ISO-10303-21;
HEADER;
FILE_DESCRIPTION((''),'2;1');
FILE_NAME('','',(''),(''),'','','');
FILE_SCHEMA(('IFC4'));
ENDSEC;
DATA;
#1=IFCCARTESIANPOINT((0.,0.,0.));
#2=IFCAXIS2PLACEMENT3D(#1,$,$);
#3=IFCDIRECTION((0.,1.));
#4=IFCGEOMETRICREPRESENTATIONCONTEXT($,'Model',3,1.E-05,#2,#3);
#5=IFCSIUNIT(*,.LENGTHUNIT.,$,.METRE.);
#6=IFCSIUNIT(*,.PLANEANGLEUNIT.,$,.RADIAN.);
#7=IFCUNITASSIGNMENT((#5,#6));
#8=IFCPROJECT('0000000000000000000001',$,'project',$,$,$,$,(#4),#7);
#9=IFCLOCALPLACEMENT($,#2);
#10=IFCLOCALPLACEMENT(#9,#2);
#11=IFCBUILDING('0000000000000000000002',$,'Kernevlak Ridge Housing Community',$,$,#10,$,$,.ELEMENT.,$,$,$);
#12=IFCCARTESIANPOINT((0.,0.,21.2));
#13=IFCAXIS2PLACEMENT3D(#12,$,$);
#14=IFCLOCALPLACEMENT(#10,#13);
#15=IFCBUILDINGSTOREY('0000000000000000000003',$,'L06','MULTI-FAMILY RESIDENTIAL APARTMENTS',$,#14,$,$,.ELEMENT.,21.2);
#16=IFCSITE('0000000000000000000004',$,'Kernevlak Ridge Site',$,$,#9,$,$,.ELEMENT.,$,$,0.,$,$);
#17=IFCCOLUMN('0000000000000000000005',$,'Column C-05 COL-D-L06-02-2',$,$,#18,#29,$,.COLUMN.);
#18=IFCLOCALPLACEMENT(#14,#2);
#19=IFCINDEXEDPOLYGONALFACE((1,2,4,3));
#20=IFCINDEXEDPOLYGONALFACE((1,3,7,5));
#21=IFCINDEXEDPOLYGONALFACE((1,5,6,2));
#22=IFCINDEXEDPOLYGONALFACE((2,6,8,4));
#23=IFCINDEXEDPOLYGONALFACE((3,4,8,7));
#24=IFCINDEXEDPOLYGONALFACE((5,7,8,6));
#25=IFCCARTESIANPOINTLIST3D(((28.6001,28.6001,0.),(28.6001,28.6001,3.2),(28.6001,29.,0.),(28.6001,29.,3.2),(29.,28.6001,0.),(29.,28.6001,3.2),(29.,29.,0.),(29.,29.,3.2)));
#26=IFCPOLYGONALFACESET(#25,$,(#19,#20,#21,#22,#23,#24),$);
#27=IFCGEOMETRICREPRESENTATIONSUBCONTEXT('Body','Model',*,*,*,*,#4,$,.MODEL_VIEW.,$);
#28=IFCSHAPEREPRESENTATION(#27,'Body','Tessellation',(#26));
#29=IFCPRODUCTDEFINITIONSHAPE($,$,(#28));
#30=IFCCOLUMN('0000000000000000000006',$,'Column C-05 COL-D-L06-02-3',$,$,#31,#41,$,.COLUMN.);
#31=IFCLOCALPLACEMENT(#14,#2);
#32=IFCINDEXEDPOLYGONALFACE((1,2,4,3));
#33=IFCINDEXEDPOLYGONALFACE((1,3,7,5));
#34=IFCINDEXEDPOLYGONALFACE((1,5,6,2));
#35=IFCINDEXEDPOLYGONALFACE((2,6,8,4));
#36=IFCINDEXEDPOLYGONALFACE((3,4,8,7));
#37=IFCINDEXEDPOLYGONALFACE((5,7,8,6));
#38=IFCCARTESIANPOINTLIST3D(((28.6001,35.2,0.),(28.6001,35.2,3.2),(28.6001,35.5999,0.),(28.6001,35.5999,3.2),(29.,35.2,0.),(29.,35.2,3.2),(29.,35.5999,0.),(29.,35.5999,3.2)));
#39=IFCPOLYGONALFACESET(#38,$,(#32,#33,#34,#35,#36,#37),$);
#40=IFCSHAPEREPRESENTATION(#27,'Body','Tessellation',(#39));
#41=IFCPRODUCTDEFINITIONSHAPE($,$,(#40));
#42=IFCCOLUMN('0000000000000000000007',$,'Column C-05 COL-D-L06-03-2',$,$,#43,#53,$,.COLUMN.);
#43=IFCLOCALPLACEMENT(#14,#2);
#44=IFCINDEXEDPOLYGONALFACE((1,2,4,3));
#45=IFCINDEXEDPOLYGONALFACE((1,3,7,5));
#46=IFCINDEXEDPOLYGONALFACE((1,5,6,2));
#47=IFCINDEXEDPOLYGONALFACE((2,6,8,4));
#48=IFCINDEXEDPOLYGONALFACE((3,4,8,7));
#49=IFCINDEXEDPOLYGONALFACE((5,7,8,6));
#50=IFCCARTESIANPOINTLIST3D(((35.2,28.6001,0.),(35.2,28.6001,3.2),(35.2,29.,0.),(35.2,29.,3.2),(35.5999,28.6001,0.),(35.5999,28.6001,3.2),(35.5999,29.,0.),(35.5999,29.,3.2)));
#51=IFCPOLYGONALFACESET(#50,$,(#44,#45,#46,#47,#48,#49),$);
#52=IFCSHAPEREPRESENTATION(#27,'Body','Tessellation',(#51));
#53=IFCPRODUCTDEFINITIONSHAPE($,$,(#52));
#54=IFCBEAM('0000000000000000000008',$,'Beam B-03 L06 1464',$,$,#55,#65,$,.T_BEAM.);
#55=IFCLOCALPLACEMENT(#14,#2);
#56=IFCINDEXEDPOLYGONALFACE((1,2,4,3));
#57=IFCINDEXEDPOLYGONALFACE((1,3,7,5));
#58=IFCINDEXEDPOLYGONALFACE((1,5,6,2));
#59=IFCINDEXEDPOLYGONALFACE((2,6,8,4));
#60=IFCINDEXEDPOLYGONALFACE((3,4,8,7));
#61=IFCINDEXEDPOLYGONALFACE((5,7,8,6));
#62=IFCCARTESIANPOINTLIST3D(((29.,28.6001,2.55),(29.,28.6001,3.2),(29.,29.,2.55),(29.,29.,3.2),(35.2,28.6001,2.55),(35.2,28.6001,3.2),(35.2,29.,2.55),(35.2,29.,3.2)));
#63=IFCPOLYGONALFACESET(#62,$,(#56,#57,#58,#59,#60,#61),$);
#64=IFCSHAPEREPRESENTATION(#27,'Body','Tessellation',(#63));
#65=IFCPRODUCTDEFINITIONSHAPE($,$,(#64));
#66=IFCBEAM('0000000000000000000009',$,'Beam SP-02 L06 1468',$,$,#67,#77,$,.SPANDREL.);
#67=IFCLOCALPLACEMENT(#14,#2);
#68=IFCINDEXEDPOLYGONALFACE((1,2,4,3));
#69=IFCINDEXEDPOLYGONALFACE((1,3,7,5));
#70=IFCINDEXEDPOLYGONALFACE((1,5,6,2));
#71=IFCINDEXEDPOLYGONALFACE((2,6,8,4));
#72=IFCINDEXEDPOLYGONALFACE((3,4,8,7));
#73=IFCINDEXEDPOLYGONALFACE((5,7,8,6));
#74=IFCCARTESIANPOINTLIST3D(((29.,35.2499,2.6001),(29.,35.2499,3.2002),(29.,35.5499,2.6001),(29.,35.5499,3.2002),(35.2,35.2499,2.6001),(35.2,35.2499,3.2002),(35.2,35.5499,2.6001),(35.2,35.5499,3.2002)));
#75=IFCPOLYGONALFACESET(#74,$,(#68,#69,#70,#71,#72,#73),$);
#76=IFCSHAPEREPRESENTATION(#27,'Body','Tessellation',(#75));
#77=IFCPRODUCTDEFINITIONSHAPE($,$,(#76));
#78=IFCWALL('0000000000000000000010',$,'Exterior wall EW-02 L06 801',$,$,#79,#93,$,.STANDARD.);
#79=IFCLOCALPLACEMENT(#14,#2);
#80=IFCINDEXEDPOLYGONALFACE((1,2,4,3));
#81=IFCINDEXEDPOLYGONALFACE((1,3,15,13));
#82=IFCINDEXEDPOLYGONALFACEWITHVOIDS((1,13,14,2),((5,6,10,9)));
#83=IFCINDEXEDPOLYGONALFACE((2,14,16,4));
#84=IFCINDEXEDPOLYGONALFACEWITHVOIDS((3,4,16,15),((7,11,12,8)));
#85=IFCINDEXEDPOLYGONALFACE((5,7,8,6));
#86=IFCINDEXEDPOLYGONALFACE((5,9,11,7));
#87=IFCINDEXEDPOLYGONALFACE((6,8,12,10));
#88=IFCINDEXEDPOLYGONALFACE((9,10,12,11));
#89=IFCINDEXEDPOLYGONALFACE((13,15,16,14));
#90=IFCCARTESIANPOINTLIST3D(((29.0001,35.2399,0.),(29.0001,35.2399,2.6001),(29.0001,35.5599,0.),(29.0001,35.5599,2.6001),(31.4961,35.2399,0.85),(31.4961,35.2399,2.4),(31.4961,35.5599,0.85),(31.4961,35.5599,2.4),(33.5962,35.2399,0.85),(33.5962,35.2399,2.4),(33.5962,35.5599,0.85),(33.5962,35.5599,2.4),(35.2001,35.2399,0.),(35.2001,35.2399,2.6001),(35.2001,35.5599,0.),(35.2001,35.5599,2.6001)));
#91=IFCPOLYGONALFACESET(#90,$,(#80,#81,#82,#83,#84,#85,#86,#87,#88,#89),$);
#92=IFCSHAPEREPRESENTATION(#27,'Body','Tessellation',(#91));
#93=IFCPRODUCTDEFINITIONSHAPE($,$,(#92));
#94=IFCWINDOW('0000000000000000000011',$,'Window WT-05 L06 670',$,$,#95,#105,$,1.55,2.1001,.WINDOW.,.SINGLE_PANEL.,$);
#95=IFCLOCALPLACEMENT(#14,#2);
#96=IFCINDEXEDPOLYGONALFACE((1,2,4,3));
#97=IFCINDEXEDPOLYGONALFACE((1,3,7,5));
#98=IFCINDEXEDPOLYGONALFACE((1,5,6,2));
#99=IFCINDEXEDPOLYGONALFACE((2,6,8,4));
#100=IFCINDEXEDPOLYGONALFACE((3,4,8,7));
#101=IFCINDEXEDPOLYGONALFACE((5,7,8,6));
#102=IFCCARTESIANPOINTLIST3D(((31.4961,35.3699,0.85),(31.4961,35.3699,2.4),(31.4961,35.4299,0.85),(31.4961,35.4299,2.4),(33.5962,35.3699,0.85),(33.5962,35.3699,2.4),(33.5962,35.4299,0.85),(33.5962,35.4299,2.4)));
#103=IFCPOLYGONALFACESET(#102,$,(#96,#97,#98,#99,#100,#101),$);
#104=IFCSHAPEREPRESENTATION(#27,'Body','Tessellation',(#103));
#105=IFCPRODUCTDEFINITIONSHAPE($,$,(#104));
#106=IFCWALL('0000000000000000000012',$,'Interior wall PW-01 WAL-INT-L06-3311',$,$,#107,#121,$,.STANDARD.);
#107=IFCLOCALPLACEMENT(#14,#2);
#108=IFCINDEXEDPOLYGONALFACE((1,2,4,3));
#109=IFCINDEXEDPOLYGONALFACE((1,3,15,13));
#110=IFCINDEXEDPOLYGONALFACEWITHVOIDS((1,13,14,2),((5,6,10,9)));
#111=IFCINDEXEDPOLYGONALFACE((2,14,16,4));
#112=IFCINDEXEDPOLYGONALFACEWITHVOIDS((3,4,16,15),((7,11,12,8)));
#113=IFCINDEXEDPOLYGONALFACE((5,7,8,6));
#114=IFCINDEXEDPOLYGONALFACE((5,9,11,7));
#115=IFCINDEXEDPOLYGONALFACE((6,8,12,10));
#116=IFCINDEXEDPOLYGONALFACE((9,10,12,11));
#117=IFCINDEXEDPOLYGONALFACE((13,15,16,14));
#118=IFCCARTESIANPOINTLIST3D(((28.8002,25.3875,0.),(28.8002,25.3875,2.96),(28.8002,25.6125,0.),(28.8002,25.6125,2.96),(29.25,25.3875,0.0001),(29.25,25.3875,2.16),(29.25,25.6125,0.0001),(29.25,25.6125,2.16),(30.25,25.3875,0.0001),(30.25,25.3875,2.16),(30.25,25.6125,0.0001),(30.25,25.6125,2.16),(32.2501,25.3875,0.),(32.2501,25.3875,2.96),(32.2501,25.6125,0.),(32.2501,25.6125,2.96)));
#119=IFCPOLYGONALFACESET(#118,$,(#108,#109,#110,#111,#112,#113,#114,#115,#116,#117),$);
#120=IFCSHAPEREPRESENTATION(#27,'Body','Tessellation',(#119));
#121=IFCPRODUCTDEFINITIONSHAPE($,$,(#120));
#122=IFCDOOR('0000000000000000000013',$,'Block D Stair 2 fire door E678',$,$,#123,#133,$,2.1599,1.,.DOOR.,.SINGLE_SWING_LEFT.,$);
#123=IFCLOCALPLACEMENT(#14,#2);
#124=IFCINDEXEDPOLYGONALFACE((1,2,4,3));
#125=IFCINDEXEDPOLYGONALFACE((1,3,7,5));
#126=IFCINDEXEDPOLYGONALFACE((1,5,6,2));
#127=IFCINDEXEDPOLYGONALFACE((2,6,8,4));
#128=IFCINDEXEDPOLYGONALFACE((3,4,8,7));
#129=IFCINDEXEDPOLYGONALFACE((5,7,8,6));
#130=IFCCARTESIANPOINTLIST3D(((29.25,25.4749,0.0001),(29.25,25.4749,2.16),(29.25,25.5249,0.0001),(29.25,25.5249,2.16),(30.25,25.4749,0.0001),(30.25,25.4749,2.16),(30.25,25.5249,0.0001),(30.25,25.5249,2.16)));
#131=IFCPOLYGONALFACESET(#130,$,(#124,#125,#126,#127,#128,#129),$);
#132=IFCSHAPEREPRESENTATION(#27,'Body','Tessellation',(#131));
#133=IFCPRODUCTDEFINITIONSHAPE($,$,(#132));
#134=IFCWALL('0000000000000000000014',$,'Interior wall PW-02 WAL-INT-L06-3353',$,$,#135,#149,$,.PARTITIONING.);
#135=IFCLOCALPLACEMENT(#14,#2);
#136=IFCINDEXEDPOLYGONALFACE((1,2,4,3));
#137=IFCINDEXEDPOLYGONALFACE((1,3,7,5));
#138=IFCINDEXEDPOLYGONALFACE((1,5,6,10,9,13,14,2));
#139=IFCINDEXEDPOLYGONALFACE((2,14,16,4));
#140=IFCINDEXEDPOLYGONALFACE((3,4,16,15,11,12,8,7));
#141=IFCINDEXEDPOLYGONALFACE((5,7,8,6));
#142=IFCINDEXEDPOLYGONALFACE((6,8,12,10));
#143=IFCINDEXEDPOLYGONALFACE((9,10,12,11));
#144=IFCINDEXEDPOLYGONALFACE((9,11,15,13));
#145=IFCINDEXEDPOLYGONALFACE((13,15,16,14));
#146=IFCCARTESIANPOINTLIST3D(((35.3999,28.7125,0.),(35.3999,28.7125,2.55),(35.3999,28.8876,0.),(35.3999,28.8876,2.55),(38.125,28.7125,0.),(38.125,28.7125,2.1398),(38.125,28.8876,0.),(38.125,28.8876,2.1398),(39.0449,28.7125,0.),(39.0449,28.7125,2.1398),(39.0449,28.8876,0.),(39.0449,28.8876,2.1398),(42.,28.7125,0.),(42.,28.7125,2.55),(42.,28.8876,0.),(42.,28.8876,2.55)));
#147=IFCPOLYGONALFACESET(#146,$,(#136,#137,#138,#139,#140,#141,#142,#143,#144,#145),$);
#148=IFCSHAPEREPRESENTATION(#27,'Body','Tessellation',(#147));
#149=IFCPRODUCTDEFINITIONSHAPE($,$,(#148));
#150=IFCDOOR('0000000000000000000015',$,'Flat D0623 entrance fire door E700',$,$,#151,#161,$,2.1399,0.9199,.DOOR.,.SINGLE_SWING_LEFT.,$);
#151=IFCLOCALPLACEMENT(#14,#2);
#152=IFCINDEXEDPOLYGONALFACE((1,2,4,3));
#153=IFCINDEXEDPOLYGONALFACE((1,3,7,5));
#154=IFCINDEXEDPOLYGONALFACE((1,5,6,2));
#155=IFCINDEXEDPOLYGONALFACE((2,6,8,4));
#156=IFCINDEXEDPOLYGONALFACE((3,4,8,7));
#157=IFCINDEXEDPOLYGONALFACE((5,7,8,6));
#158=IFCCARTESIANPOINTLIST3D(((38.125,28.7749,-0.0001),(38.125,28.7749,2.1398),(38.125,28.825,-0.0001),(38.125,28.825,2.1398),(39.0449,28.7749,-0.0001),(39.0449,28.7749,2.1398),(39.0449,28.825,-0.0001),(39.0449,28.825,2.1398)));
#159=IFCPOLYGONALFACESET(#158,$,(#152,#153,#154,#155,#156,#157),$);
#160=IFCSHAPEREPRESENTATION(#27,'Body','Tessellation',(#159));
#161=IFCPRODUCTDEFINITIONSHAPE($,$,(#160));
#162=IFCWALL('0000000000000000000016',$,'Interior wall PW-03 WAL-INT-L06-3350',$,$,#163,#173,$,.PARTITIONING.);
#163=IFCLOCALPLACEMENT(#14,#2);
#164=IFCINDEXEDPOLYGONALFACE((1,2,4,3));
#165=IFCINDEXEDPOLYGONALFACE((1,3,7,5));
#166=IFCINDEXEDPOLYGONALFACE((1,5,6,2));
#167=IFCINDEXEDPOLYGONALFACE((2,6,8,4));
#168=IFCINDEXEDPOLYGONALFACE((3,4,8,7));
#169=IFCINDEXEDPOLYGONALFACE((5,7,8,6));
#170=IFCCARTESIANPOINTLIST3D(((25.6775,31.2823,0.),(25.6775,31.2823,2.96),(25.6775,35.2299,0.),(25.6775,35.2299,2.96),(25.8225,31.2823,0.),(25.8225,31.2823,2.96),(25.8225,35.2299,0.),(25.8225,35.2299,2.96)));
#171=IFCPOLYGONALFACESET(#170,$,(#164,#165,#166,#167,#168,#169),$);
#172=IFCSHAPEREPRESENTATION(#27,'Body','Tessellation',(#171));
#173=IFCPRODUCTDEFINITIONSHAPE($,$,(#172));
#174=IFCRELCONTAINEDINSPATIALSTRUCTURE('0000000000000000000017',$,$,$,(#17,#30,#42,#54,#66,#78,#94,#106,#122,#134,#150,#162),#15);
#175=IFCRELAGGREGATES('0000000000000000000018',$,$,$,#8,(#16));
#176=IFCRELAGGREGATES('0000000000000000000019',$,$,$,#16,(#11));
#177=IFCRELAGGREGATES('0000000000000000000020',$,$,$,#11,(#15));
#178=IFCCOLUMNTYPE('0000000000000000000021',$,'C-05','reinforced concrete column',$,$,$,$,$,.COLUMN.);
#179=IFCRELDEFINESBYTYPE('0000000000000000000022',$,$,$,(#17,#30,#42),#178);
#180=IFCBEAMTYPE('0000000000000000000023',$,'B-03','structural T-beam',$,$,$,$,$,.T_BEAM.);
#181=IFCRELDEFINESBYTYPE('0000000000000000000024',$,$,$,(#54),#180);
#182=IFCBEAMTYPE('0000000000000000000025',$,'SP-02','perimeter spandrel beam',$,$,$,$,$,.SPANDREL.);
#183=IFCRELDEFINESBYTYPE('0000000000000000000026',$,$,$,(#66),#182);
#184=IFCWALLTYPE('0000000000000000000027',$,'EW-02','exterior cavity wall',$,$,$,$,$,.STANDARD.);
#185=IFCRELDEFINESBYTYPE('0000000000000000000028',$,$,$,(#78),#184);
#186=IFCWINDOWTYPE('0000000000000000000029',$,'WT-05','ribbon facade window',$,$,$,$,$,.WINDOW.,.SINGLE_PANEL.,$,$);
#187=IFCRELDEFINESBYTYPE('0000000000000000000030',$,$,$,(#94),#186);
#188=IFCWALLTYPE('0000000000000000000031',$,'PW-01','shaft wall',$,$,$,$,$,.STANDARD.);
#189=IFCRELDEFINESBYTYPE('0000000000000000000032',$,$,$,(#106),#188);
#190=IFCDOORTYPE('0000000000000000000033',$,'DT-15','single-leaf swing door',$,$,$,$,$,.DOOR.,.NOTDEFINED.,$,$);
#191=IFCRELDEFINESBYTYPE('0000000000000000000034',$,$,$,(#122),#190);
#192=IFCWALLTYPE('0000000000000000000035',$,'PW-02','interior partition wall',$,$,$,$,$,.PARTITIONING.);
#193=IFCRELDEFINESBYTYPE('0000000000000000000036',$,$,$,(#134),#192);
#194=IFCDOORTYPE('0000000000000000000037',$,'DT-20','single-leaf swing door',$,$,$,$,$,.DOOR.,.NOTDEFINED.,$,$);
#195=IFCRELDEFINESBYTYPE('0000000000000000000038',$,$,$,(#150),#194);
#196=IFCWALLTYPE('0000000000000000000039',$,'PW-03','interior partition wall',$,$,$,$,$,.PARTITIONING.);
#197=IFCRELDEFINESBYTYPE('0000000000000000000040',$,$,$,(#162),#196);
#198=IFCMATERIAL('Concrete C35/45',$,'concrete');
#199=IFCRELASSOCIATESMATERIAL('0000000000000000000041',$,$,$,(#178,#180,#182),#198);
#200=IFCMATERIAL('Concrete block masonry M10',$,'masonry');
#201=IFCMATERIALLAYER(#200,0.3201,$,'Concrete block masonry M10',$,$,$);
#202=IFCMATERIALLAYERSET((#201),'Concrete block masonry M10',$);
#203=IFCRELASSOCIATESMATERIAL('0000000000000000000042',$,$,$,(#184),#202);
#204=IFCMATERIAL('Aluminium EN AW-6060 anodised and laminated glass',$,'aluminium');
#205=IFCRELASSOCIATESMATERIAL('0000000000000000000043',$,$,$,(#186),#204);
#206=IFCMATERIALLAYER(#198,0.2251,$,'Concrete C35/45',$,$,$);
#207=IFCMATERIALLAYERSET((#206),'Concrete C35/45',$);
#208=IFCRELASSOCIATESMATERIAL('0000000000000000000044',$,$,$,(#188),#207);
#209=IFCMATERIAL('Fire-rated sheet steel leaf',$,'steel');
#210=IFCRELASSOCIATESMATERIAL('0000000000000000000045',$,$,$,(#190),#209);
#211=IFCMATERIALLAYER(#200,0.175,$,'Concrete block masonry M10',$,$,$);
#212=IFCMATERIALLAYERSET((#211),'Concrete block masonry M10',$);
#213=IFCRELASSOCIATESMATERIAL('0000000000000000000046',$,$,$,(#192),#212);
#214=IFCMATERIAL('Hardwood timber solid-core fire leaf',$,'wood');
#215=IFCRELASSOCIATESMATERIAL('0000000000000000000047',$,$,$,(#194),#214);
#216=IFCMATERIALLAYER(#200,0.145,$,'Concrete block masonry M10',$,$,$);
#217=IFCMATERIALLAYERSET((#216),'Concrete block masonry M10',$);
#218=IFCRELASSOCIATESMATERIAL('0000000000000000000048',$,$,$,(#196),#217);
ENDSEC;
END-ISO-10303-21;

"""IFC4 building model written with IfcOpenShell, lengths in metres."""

from ifc_helpers import new_model, si_unit, direction, frame, frame_2d, origin, origin_2d, place, context, subcontext, project, spatial, rectangle, extrude, material, layer, layer_set, material_profile, profile_set, type_object, element, fill, save


model = new_model("IFC4")

# Units and contexts
model_context = context("Model", 3, precision=1e-05, world=origin(), true_north=direction((0.0, 1.0)))
body_context = subcontext(model_context, "Body", "Model", "MODEL_VIEW")
ifc_project = project(units=[si_unit("LENGTHUNIT", "METRE"), si_unit("PLANEANGLEUNIT", "RADIAN")], contexts=[model_context])

# Site, building, storey
site_placement = place(None, origin())
site = spatial("IfcSite", under=ifc_project, at=site_placement, Name="Kernevlak Ridge Site", CompositionType="ELEMENT", RefElevation=0.0)
building_placement = place(site_placement, origin())
building = spatial("IfcBuilding", under=site, at=building_placement, Name="Kernevlak Ridge Housing Community", CompositionType="ELEMENT")
storey_placement = place(building_placement, frame((0.0, 0.0, 21.2)))
storey = spatial("IfcBuildingStorey", under=building, at=storey_placement, Name="L06", Description="MULTI-FAMILY RESIDENTIAL APARTMENTS", CompositionType="ELEMENT", Elevation=21.2)

# Columns
ifc_material_1 = material(Name="Concrete C35/45", Category="concrete")
ifc_material_profile_1 = material_profile(ifc_material_1, rectangle(XDim=0.3999, YDim=0.3999, at=origin_2d()), Name="RC 400x400")
ifc_profile_set_1 = profile_set([ifc_material_profile_1], Name="Concrete C35/45")
column_type = type_object("IfcColumnType", Name="C-05", Description="reinforced concrete column", PredefinedType="COLUMN", material=ifc_profile_set_1)
for number, where, z_axis, x_axis, name in (
    (1, (28.8, 28.8, 0.0), (0.0, 0.0, 1.0), (1.0, 0.0, 0.0), "Column C-05 COL-D-L06-02-2"),
    (2, (28.8, 35.3999, 0.0), (0.0, 0.0, 1.0), (1.0, 0.0, 0.0), "Column C-05 COL-D-L06-02-3"),
    (3, (35.3999, 28.8, 0.0), (0.0, 0.0, 1.0), (1.0, 0.0, 0.0), "Column C-05 COL-D-L06-03-2"),
):
    element("IfcColumn", number, at=place(storey_placement, frame(where, z_axis=z_axis, x_axis=x_axis)), inside=storey, type_object=column_type, Name=name, PredefinedType="COLUMN", context=body_context, shape_type="SweptSolid", body=[
        extrude(rectangle(XDim=0.3999, YDim=0.3999, at=origin_2d()), origin(), (0.0, 0.0, 1.0), 3.2),
    ])

# Beams
ifc_material_profile_2 = material_profile(ifc_material_1, rectangle(XDim=0.3999, YDim=0.6499, at=origin_2d()), Name="RC 400x650")
ifc_profile_set_2 = profile_set([ifc_material_profile_2], Name="Concrete C35/45")
beam_type_1 = type_object("IfcBeamType", Name="B-03", Description="structural T-beam", PredefinedType="T_BEAM", material=ifc_profile_set_2)
beam_1_placement = place(storey_placement, frame((29.0, 28.8, 2.875), z_axis=(1.0, 0.0, 0.0), x_axis=(0.0, 1.0, 0.0)))
element("IfcBeam", 4, at=beam_1_placement, inside=storey, type_object=beam_type_1, Name="Beam B-03 L06 1464", PredefinedType="T_BEAM", context=body_context, shape_type="SweptSolid", body=[
    extrude(rectangle(XDim=0.3999, YDim=0.6499, at=origin_2d()), origin(), (0.0, 0.0, 1.0), 6.2),
])
ifc_material_profile_3 = material_profile(ifc_material_1, rectangle(XDim=0.3, YDim=0.6001, at=origin_2d()), Name="RC 300x600")
ifc_profile_set_3 = profile_set([ifc_material_profile_3], Name="Concrete C35/45")
beam_type_2 = type_object("IfcBeamType", Name="SP-02", Description="perimeter spandrel beam", PredefinedType="SPANDREL", material=ifc_profile_set_3)
beam_2_placement = place(storey_placement, frame((29.0, 35.3999, 2.9001), z_axis=(1.0, 0.0, 0.0), x_axis=(0.0, 1.0, 0.0)))
element("IfcBeam", 5, at=beam_2_placement, inside=storey, type_object=beam_type_2, Name="Beam SP-02 L06 1468", PredefinedType="SPANDREL", context=body_context, shape_type="SweptSolid", body=[
    extrude(rectangle(XDim=0.3, YDim=0.6001, at=origin_2d()), origin(), (0.0, 0.0, 1.0), 6.2),
])

# Wall, opening, window
ifc_material_2 = material(Name="Concrete block masonry M10", Category="masonry")
ifc_layer_1 = layer(ifc_material_2, 0.3201, Name="Concrete block masonry M10")
ifc_layer_set_1 = layer_set([ifc_layer_1], Name="Concrete block masonry M10")
wall_type_1 = type_object("IfcWallType", Name="EW-02", Description="exterior cavity wall", PredefinedType="STANDARD", material=ifc_layer_set_1)
wall_1_placement = place(storey_placement, frame((29.0, 35.3999, 0.0), z_axis=(0.0, 0.0, 1.0), x_axis=(1.0, 0.0, 0.0)))
wall_1 = element("IfcWall", 6, at=wall_1_placement, inside=storey, type_object=wall_type_1, Name="Exterior wall EW-02 L06 801", PredefinedType="STANDARD", context=body_context, shape_type="SweptSolid", body=[
    extrude(rectangle(XDim=6.2, YDim=0.3201, at=frame_2d((3.1001, 0.0))), origin(), (0.0, 0.0, 1.0), 2.6001),
])
opening_1_placement = place(wall_1_placement, frame((2.4961, 0.0, 0.8501)))
opening_1 = element("IfcOpeningElement", 7, at=opening_1_placement, cuts=wall_1, PredefinedType="OPENING", context=body_context, shape_type="SweptSolid", body=[
    extrude(rectangle(XDim=2.1001, YDim=1.55, at=frame_2d((1.05, 0.7749))), frame((0.0, 0.1699, 0.0), z_axis=(0.0, -1.0, 0.0), x_axis=(1.0, 0.0, 0.0)), (0.0, 0.0, 1.0), 0.3401),
])
ifc_material_3 = material(Name="Aluminium EN AW-6060 anodised and laminated glass", Category="aluminium")
window_type = type_object("IfcWindowType", Name="WT-05", Description="ribbon facade window", PartitioningType="SINGLE_PANEL", PredefinedType="WINDOW", material=ifc_material_3)
window_placement = place(opening_1_placement, origin())
window = element("IfcWindow", 8, at=window_placement, inside=storey, type_object=window_type, Name="Window WT-05 L06 670", OverallHeight=1.55, OverallWidth=2.1001, PartitioningType="SINGLE_PANEL", PredefinedType="WINDOW", context=body_context, shape_type="SweptSolid", body=[
    extrude(rectangle(XDim=2.1001, YDim=1.55, at=frame_2d((1.05, 0.7749))), frame((0.0, 0.03, 0.0), z_axis=(0.0, -1.0, 0.0), x_axis=(1.0, 0.0, 0.0)), (0.0, 0.0, 1.0), 0.0601),
])
fill(opening_1, window)

# Walls, openings, doors
ifc_layer_2 = layer(ifc_material_1, 0.2251, Name="Concrete C35/45")
ifc_layer_set_2 = layer_set([ifc_layer_2], Name="Concrete C35/45")
wall_type_2 = type_object("IfcWallType", Name="PW-01", Description="shaft wall", PredefinedType="STANDARD", material=ifc_layer_set_2)
wall_2_placement = place(storey_placement, frame((28.8, 25.5, 0.0), z_axis=(0.0, 0.0, 1.0), x_axis=(1.0, 0.0, 0.0)))
wall_2 = element("IfcWall", 9, at=wall_2_placement, inside=storey, type_object=wall_type_2, Name="Interior wall PW-01 WAL-INT-L06-3311", PredefinedType="STANDARD", context=body_context, shape_type="SweptSolid", body=[
    extrude(rectangle(XDim=3.45, YDim=0.2251, at=frame_2d((1.7251, 0.0))), origin(), (0.0, 0.0, 1.0), 2.96),
])
opening_2_placement = place(wall_2_placement, frame((0.45, 0.0, 0.0)))
opening_2 = element("IfcOpeningElement", 10, at=opening_2_placement, cuts=wall_2, PredefinedType="OPENING", context=body_context, shape_type="SweptSolid", body=[
    extrude(rectangle(XDim=1.0, YDim=2.1599, at=frame_2d((0.5, 1.0801))), frame((0.0, 0.1226, 0.0), z_axis=(0.0, -1.0, 0.0), x_axis=(1.0, 0.0, 0.0)), (0.0, 0.0, 1.0), 0.2451),
])
ifc_material_4 = material(Name="Fire-rated sheet steel leaf", Category="steel")
door_type_1 = type_object("IfcDoorType", Name="DT-15", Description="single-leaf swing door", OperationType="NOTDEFINED", PredefinedType="DOOR", material=ifc_material_4)
door_1_placement = place(opening_2_placement, origin())
door_1 = element("IfcDoor", 11, at=door_1_placement, inside=storey, type_object=door_type_1, Name="Block D Stair 2 fire door E678", OperationType="SINGLE_SWING_LEFT", OverallHeight=2.1599, OverallWidth=1.0, PredefinedType="DOOR", context=body_context, shape_type="SweptSolid", body=[
    extrude(rectangle(XDim=1.0, YDim=2.1599, at=frame_2d((0.5, 1.0801))), frame((0.0, 0.0249, 0.0), z_axis=(0.0, -1.0, 0.0), x_axis=(1.0, 0.0, 0.0)), (0.0, 0.0, 1.0), 0.05),
])
fill(opening_2, door_1)
ifc_layer_3 = layer(ifc_material_2, 0.175, Name="Concrete block masonry M10")
ifc_layer_set_3 = layer_set([ifc_layer_3], Name="Concrete block masonry M10")
wall_type_3 = type_object("IfcWallType", Name="PW-02", Description="interior partition wall", PredefinedType="PARTITIONING", material=ifc_layer_set_3)
wall_3_placement = place(storey_placement, frame((35.3999, 28.8, 0.0), z_axis=(0.0, 0.0, 1.0), x_axis=(1.0, 0.0, 0.0)))
wall_3 = element("IfcWall", 12, at=wall_3_placement, inside=storey, type_object=wall_type_3, Name="Interior wall PW-02 WAL-INT-L06-3353", PredefinedType="PARTITIONING", context=body_context, shape_type="SweptSolid", body=[
    extrude(rectangle(XDim=6.6001, YDim=0.175, at=frame_2d((3.3, 0.0))), origin(), (0.0, 0.0, 1.0), 2.55),
])
opening_3_placement = place(wall_3_placement, frame((2.7251, 0.0, 0.0)))
opening_3 = element("IfcOpeningElement", 13, at=opening_3_placement, cuts=wall_3, PredefinedType="OPENING", context=body_context, shape_type="SweptSolid", body=[
    extrude(rectangle(XDim=0.9199, YDim=2.1399, at=frame_2d((0.46, 1.0698))), frame((0.0, 0.0974, 0.0), z_axis=(0.0, -1.0, 0.0), x_axis=(1.0, 0.0, 0.0)), (0.0, 0.0, 1.0), 0.1951),
])
ifc_material_5 = material(Name="Hardwood timber solid-core fire leaf", Category="wood")
door_type_2 = type_object("IfcDoorType", Name="DT-20", Description="single-leaf swing door", OperationType="NOTDEFINED", PredefinedType="DOOR", material=ifc_material_5)
door_2_placement = place(opening_3_placement, origin())
door_2 = element("IfcDoor", 14, at=door_2_placement, inside=storey, type_object=door_type_2, Name="Flat D0623 entrance fire door E700", OperationType="SINGLE_SWING_LEFT", OverallHeight=2.1399, OverallWidth=0.9199, PredefinedType="DOOR", context=body_context, shape_type="SweptSolid", body=[
    extrude(rectangle(XDim=0.9199, YDim=2.1399, at=frame_2d((0.46, 1.0698))), frame((0.0, 0.0249, 0.0), z_axis=(0.0, -1.0, 0.0), x_axis=(1.0, 0.0, 0.0)), (0.0, 0.0, 1.0), 0.05),
])
fill(opening_3, door_2)

# Wall
ifc_layer_4 = layer(ifc_material_2, 0.145, Name="Concrete block masonry M10")
ifc_layer_set_4 = layer_set([ifc_layer_4], Name="Concrete block masonry M10")
wall_type_4 = type_object("IfcWallType", Name="PW-03", Description="interior partition wall", PredefinedType="PARTITIONING", material=ifc_layer_set_4)
wall_4_placement = place(storey_placement, frame((25.75, 31.2825, 0.0), z_axis=(0.0, 0.0, 1.0), x_axis=(0.0, 1.0, 0.0)))
element("IfcWall", 15, at=wall_4_placement, inside=storey, type_object=wall_type_4, Name="Interior wall PW-03 WAL-INT-L06-3350", PredefinedType="PARTITIONING", context=body_context, shape_type="SweptSolid", body=[
    extrude(rectangle(XDim=3.9475, YDim=0.145, at=frame_2d((1.9736, 0.0))), origin(), (0.0, 0.0, 1.0), 2.96),
])

save(model, "model.ifc")
